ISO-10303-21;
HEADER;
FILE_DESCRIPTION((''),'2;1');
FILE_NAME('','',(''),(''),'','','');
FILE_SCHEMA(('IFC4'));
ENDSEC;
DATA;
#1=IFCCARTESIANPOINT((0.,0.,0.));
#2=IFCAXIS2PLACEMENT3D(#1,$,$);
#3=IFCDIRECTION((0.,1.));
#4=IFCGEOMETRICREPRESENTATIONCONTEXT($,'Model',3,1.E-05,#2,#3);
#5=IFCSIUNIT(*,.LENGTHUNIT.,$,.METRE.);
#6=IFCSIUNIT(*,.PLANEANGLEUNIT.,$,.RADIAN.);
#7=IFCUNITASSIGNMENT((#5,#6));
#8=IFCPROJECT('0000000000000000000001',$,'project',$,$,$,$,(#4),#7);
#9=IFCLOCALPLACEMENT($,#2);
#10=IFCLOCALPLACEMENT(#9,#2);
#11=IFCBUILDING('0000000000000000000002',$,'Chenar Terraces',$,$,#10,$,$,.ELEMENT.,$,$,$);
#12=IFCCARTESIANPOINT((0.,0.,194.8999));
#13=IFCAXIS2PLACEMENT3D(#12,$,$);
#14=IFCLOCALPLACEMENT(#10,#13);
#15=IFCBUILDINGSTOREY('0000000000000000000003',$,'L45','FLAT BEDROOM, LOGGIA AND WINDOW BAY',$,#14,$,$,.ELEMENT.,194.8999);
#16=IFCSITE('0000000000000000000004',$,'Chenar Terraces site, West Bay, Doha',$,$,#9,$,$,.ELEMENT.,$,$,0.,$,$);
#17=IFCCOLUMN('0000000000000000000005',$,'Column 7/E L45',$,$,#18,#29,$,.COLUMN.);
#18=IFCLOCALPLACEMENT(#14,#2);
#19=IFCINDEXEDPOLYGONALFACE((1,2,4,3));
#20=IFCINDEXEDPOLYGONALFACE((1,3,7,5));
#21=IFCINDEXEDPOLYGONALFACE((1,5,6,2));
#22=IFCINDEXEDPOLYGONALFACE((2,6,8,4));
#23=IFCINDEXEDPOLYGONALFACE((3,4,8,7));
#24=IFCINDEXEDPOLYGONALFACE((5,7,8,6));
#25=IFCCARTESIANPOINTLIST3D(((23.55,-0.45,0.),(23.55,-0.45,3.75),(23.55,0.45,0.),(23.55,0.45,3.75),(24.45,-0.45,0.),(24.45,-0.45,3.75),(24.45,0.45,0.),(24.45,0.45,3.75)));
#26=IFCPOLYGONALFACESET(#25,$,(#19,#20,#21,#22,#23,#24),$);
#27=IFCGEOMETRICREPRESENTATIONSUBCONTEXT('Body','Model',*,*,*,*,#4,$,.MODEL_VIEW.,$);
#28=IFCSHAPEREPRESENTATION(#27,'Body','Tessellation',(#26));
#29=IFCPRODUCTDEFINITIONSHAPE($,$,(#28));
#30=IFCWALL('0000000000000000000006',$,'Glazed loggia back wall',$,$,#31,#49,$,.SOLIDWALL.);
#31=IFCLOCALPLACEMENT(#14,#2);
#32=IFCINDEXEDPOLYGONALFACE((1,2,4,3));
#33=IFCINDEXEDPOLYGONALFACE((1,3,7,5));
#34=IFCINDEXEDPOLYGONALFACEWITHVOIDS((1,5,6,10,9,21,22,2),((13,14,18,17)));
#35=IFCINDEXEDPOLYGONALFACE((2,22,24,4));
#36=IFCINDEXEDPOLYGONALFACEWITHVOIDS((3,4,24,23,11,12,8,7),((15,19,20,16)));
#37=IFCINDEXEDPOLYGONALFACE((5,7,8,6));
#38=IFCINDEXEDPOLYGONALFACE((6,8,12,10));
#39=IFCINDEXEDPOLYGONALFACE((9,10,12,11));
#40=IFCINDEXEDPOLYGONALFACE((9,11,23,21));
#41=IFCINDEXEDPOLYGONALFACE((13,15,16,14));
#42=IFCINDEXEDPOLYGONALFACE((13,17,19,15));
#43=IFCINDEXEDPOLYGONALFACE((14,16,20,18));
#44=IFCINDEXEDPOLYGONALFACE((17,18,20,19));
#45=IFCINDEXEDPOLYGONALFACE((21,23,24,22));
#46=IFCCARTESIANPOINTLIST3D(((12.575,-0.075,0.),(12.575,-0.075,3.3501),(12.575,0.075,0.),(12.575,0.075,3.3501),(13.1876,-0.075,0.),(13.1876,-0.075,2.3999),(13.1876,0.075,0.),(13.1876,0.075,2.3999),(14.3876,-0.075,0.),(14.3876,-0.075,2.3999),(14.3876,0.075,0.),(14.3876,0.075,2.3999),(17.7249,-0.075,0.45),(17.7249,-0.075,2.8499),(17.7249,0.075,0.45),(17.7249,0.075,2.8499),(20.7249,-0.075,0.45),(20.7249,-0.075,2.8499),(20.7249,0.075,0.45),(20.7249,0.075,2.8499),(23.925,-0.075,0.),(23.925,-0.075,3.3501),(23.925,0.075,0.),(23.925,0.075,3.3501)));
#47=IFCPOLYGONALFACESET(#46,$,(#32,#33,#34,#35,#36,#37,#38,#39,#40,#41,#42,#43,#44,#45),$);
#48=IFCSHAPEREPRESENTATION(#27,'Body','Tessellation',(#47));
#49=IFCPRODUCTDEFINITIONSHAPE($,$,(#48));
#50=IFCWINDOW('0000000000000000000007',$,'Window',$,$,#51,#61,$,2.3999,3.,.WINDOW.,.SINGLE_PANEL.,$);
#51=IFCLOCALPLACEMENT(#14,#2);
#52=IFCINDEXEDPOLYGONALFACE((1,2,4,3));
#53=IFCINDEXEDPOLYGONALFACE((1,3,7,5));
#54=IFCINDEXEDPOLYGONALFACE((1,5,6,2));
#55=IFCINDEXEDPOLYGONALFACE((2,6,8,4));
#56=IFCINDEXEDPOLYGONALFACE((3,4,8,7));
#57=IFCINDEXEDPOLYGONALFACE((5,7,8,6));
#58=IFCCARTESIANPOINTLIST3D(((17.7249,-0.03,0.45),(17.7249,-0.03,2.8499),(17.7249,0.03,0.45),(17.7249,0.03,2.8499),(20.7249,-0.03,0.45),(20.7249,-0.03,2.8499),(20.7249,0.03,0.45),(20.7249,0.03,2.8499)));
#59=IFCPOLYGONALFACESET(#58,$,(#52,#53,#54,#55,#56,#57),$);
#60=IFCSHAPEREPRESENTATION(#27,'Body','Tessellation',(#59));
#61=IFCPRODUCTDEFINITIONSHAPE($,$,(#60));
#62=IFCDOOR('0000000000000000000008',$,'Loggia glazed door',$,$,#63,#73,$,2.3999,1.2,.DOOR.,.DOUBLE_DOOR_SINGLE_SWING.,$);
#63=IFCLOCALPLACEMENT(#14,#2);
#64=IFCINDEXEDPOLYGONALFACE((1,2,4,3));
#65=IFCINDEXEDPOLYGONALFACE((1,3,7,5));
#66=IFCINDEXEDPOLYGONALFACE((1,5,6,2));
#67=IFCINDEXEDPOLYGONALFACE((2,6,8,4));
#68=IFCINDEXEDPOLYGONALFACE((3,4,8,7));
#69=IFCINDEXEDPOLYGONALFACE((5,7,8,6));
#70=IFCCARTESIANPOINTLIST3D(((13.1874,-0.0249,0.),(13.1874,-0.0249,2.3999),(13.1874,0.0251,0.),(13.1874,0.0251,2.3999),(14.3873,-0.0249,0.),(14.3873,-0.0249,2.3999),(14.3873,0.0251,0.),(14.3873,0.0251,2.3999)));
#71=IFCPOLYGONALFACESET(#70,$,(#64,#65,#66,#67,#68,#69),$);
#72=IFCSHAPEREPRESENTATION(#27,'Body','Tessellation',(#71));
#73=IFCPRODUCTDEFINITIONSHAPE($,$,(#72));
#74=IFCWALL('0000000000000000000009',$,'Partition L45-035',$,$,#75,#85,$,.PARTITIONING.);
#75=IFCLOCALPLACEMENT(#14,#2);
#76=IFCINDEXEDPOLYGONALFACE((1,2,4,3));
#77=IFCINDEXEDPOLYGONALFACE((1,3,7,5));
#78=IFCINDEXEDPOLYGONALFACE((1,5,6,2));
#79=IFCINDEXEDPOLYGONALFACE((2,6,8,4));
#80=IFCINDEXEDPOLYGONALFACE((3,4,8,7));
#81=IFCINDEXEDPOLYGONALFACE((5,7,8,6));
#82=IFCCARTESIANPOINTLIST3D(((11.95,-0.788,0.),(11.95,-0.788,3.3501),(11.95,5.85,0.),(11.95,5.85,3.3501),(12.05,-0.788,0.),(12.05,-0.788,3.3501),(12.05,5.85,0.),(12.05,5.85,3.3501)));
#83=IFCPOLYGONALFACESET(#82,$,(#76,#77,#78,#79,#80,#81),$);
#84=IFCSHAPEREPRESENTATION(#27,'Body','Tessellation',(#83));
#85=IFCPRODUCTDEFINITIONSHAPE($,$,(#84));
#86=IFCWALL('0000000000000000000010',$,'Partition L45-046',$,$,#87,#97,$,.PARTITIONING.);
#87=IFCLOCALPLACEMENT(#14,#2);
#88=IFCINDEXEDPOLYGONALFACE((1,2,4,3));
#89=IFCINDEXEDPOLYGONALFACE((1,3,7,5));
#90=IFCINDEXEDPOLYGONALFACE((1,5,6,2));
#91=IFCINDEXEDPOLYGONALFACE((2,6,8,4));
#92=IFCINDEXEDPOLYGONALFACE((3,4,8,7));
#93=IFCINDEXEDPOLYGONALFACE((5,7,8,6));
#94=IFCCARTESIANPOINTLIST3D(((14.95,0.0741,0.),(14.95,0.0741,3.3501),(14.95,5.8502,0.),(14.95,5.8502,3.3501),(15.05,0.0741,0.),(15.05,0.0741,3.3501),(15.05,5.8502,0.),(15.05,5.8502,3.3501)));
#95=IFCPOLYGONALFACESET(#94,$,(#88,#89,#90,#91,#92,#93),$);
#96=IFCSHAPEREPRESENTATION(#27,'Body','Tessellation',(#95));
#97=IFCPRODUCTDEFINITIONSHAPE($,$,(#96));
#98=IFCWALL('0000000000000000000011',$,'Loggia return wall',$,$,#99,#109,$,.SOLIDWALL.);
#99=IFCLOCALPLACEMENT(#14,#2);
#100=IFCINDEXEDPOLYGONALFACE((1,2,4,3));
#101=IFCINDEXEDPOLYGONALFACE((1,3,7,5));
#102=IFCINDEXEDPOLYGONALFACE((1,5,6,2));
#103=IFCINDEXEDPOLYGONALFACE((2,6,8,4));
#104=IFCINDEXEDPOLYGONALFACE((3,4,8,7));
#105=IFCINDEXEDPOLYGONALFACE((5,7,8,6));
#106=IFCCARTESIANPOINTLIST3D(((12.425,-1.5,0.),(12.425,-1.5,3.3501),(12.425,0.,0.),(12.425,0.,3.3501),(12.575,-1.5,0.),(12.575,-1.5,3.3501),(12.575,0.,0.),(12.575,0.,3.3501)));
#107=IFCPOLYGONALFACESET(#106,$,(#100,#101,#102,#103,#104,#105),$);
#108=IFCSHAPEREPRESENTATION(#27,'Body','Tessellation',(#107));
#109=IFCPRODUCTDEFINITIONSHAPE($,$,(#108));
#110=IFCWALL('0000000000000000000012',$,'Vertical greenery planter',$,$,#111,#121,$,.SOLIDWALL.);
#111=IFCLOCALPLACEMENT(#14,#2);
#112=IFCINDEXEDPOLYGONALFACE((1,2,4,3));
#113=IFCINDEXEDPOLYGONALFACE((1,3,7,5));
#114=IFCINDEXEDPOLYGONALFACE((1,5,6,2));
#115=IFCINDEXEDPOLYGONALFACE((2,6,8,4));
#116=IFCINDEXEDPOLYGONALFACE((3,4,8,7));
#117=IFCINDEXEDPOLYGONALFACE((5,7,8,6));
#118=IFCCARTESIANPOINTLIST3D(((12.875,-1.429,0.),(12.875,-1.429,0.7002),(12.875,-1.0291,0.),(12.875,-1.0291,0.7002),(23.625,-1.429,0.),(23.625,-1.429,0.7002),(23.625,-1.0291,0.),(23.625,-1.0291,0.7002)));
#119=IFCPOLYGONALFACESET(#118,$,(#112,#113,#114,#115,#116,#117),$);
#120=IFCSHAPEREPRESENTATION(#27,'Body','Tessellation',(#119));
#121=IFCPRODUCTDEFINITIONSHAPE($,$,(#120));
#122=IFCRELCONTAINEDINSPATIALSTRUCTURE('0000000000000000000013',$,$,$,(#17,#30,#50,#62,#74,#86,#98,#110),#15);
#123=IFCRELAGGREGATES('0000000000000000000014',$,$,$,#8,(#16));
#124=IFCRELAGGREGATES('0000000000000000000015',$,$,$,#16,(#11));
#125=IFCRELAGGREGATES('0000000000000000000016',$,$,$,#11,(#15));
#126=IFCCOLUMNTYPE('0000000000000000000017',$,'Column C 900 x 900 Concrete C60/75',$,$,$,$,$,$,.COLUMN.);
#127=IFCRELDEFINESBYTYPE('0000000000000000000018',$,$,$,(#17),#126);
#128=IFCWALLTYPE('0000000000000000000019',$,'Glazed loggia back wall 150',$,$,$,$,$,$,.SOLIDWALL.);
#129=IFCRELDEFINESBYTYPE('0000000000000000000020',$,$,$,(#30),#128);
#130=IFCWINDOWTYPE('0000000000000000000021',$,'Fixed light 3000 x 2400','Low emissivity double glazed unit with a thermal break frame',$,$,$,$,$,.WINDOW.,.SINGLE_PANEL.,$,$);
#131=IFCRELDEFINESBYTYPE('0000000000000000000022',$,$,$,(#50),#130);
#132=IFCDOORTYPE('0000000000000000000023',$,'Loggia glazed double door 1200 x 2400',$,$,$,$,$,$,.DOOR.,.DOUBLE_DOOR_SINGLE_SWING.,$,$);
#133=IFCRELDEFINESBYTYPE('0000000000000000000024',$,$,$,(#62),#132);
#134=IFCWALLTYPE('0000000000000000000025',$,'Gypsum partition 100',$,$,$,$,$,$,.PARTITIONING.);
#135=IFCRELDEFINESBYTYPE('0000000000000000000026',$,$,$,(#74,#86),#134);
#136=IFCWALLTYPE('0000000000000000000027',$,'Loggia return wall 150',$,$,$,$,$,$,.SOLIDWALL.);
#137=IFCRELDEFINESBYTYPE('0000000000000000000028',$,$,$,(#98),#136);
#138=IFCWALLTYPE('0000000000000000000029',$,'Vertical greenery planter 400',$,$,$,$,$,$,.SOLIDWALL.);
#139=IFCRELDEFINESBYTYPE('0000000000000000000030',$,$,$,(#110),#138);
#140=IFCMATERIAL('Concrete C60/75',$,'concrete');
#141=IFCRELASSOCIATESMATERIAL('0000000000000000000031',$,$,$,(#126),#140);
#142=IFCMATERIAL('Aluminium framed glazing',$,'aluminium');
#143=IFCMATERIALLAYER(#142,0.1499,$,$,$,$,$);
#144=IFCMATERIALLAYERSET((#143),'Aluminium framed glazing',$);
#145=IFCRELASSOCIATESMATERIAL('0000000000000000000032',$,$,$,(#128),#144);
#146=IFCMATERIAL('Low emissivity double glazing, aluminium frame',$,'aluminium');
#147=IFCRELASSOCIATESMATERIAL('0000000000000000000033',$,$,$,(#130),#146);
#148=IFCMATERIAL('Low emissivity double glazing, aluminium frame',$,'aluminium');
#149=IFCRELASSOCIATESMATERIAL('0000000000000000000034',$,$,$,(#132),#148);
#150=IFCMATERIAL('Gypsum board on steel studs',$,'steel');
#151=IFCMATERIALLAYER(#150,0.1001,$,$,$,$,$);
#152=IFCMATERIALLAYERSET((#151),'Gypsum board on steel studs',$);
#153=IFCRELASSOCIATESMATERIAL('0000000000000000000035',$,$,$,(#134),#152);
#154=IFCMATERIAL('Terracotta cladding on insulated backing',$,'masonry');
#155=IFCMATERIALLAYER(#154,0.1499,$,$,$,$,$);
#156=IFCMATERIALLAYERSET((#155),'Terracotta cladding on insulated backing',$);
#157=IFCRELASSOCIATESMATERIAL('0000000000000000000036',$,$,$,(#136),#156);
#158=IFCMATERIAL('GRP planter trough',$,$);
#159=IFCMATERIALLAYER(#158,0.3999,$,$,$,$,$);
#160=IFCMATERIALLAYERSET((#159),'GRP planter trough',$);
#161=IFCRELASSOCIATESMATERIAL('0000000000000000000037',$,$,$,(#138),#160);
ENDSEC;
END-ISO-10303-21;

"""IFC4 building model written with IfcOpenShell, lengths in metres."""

from ifc_helpers import new_model, si_unit, direction, frame, frame_2d, origin, origin_2d, place, context, subcontext, project, spatial, rectangle, extrude, material, layer, layer_set, material_profile, profile_set, type_object, element, fill, save


model = new_model("IFC4")

# Units and contexts
model_context = context("Model", 3, precision=1e-05, world=origin(), true_north=direction((0.0, 1.0)))
body_context = subcontext(model_context, "Body", "Model", "MODEL_VIEW")
ifc_project = project(units=[si_unit("LENGTHUNIT", "METRE"), si_unit("PLANEANGLEUNIT", "RADIAN")], contexts=[model_context])

# Site, building, storey
site_placement = place(None, origin())
site = spatial("IfcSite", under=ifc_project, at=site_placement, Name="Chenar Terraces site, West Bay, Doha", CompositionType="ELEMENT", RefElevation=0.0)
building_placement = place(site_placement, origin())
building = spatial("IfcBuilding", under=site, at=building_placement, Name="Chenar Terraces", CompositionType="ELEMENT")
storey_placement = place(building_placement, frame((0.0, 0.0, 194.8999)))
storey = spatial("IfcBuildingStorey", under=building, at=storey_placement, Name="L45", Description="FLAT BEDROOM, LOGGIA AND WINDOW BAY", CompositionType="ELEMENT", Elevation=194.8999)

# Column
ifc_material_1 = material(Name="Concrete C60/75", Category="concrete")
ifc_material_profile_1 = material_profile(ifc_material_1, rectangle(XDim=0.8999, YDim=0.8999, at=origin_2d()), Name="C 900 x 900")
ifc_profile_set_1 = profile_set([ifc_material_profile_1], Name="Concrete C60/75")
column_type = type_object("IfcColumnType", Name="Column C 900 x 900 Concrete C60/75", PredefinedType="COLUMN", material=ifc_profile_set_1)
column_placement = place(storey_placement, frame((24.0, 0.0, 0.0), z_axis=(0.0, 0.0, 1.0), x_axis=(1.0, 0.0, 0.0)))
element("IfcColumn", 1, at=column_placement, inside=storey, type_object=column_type, Name="Column 7/E L45", PredefinedType="COLUMN", context=body_context, shape_type="SweptSolid", body=[
    extrude(rectangle(XDim=0.8999, YDim=0.8999, at=origin_2d()), origin(), (0.0, 0.0, 1.0), 3.75),
])

# Wall, openings, window, door
ifc_material_2 = material(Name="Aluminium framed glazing", Category="aluminium")
ifc_layer_1 = layer(ifc_material_2, 0.1499)
ifc_layer_set_1 = layer_set([ifc_layer_1], Name="Aluminium framed glazing")
wall_type_1 = type_object("IfcWallType", Name="Glazed loggia back wall 150", PredefinedType="SOLIDWALL", material=ifc_layer_set_1)
wall_1_placement = place(storey_placement, frame((12.575, 0.0, 0.0), z_axis=(0.0, 0.0, 1.0), x_axis=(1.0, 0.0, 0.0)))
wall_1 = element("IfcWall", 2, at=wall_1_placement, inside=storey, type_object=wall_type_1, Name="Glazed loggia back wall", PredefinedType="SOLIDWALL", context=body_context, shape_type="SweptSolid", body=[
    extrude(rectangle(XDim=11.3501, YDim=0.1499, at=frame_2d((5.675, 0.0))), origin(), (0.0, 0.0, 1.0), 3.3501),
])
opening_1_placement = place(wall_1_placement, frame((0.6125, 0.0, 0.0)))
opening_1 = element("IfcOpeningElement", 3, at=opening_1_placement, cuts=wall_1, PredefinedType="OPENING", context=body_context, shape_type="SweptSolid", body=[
    extrude(rectangle(XDim=1.2, YDim=2.3999, at=frame_2d((0.6001, 1.2))), frame((0.0, 0.085, 0.0), z_axis=(0.0, -1.0, 0.0), x_axis=(1.0, 0.0, 0.0)), (0.0, 0.0, 1.0), 0.1699),
])
opening_2_placement = place(wall_1_placement, frame((5.1499, 0.0, 0.45)))
opening_2 = element("IfcOpeningElement", 4, at=opening_2_placement, cuts=wall_1, PredefinedType="OPENING", context=body_context, shape_type="SweptSolid", body=[
    extrude(rectangle(XDim=3.0, YDim=2.3999, at=frame_2d((1.5, 1.2))), frame((0.0, 0.085, 0.0), z_axis=(0.0, -1.0, 0.0), x_axis=(1.0, 0.0, 0.0)), (0.0, 0.0, 1.0), 0.1699),
])
ifc_material_3 = material(Name="Low emissivity double glazing, aluminium frame", Category="aluminium")
window_type = type_object("IfcWindowType", Name="Fixed light 3000 x 2400", Description="Low emissivity double glazed unit with a thermal break frame", PartitioningType="SINGLE_PANEL", PredefinedType="WINDOW", material=ifc_material_3)
window_placement = place(opening_2_placement, origin())
window = element("IfcWindow", 5, at=window_placement, inside=storey, type_object=window_type, Name="Window", OverallHeight=2.3999, OverallWidth=3.0, PartitioningType="SINGLE_PANEL", PredefinedType="WINDOW", context=body_context, shape_type="SweptSolid", body=[
    extrude(rectangle(XDim=3.0, YDim=2.3999, at=frame_2d((1.5, 1.2))), frame((0.0, 0.03, 0.0), z_axis=(0.0, -1.0, 0.0), x_axis=(1.0, 0.0, 0.0)), (0.0, 0.0, 1.0), 0.0601),
])
fill(opening_2, window)
ifc_material_4 = material(Name="Low emissivity double glazing, aluminium frame", Category="aluminium")
door_type = type_object("IfcDoorType", Name="Loggia glazed double door 1200 x 2400", OperationType="DOUBLE_DOOR_SINGLE_SWING", PredefinedType="DOOR", material=ifc_material_4)
door_placement = place(opening_1_placement, frame((1.2, 0.0, 0.0), z_axis=(0.0, 0.0, 1.0), x_axis=(-1.0, 0.0, 0.0)))
door = element("IfcDoor", 6, at=door_placement, inside=storey, type_object=door_type, Name="Loggia glazed door", OperationType="DOUBLE_DOOR_SINGLE_SWING", OverallHeight=2.3999, OverallWidth=1.2, PredefinedType="DOOR", context=body_context, shape_type="SweptSolid", body=[
    extrude(rectangle(XDim=1.2, YDim=2.3999, at=frame_2d((0.6001, 1.2))), frame((0.0, 0.0249, 0.0), z_axis=(0.0, -1.0, 0.0), x_axis=(1.0, 0.0, 0.0)), (0.0, 0.0, 1.0), 0.05),
])
fill(opening_1, door)

# Walls
ifc_material_5 = material(Name="Gypsum board on steel studs", Category="steel")
ifc_layer_2 = layer(ifc_material_5, 0.1001)
ifc_layer_set_2 = layer_set([ifc_layer_2], Name="Gypsum board on steel studs")
wall_type_2 = type_object("IfcWallType", Name="Gypsum partition 100", PredefinedType="PARTITIONING", material=ifc_layer_set_2)
wall_2_placement = place(storey_placement, frame((12.0, -0.7878, 0.0), z_axis=(0.0, 0.0, 1.0), x_axis=(0.0, 1.0, 0.0)))
element("IfcWall", 7, at=wall_2_placement, inside=storey, type_object=wall_type_2, Name="Partition L45-035", PredefinedType="PARTITIONING", context=body_context, shape_type="SweptSolid", body=[
    extrude(rectangle(XDim=6.6379, YDim=0.1001, at=frame_2d((3.3188, 0.0))), origin(), (0.0, 0.0, 1.0), 3.3501),
])
wall_3_placement = place(storey_placement, frame((15.0, 0.074, 0.0), z_axis=(0.0, 0.0, 1.0), x_axis=(0.0, 1.0, 0.0)))
element("IfcWall", 8, at=wall_3_placement, inside=storey, type_object=wall_type_2, Name="Partition L45-046", PredefinedType="PARTITIONING", context=body_context, shape_type="SweptSolid", body=[
    extrude(rectangle(XDim=5.7761, YDim=0.1001, at=frame_2d((2.8882, 0.0))), origin(), (0.0, 0.0, 1.0), 3.3501),
])
ifc_material_6 = material(Name="Terracotta cladding on insulated backing", Category="masonry")
ifc_layer_3 = layer(ifc_material_6, 0.1499)
ifc_layer_set_3 = layer_set([ifc_layer_3], Name="Terracotta cladding on insulated backing")
wall_type_3 = type_object("IfcWallType", Name="Loggia return wall 150", PredefinedType="SOLIDWALL", material=ifc_layer_set_3)
wall_4_placement = place(storey_placement, frame((12.5, -1.5, 0.0), z_axis=(0.0, 0.0, 1.0), x_axis=(0.0, 1.0, 0.0)))
element("IfcWall", 9, at=wall_4_placement, inside=storey, type_object=wall_type_3, Name="Loggia return wall", PredefinedType="SOLIDWALL", context=body_context, shape_type="SweptSolid", body=[
    extrude(rectangle(XDim=1.5, YDim=0.1499, at=frame_2d((0.75, 0.0))), origin(), (0.0, 0.0, 1.0), 3.3501),
])
ifc_material_7 = material(Name="GRP planter trough")
ifc_layer_4 = layer(ifc_material_7, 0.3999)
ifc_layer_set_4 = layer_set([ifc_layer_4], Name="GRP planter trough")
wall_type_4 = type_object("IfcWallType", Name="Vertical greenery planter 400", PredefinedType="SOLIDWALL", material=ifc_layer_set_4)
wall_5_placement = place(storey_placement, frame((12.875, -1.229, 0.0), z_axis=(0.0, 0.0, 1.0), x_axis=(1.0, 0.0, 0.0)))
element("IfcWall", 10, at=wall_5_placement, inside=storey, type_object=wall_type_4, Name="Vertical greenery planter", PredefinedType="SOLIDWALL", context=body_context, shape_type="SweptSolid", body=[
    extrude(rectangle(XDim=10.75, YDim=0.3999, at=frame_2d((5.375, 0.0))), origin(), (0.0, 0.0, 1.0), 0.7002),
])

save(model, "model.ifc")
